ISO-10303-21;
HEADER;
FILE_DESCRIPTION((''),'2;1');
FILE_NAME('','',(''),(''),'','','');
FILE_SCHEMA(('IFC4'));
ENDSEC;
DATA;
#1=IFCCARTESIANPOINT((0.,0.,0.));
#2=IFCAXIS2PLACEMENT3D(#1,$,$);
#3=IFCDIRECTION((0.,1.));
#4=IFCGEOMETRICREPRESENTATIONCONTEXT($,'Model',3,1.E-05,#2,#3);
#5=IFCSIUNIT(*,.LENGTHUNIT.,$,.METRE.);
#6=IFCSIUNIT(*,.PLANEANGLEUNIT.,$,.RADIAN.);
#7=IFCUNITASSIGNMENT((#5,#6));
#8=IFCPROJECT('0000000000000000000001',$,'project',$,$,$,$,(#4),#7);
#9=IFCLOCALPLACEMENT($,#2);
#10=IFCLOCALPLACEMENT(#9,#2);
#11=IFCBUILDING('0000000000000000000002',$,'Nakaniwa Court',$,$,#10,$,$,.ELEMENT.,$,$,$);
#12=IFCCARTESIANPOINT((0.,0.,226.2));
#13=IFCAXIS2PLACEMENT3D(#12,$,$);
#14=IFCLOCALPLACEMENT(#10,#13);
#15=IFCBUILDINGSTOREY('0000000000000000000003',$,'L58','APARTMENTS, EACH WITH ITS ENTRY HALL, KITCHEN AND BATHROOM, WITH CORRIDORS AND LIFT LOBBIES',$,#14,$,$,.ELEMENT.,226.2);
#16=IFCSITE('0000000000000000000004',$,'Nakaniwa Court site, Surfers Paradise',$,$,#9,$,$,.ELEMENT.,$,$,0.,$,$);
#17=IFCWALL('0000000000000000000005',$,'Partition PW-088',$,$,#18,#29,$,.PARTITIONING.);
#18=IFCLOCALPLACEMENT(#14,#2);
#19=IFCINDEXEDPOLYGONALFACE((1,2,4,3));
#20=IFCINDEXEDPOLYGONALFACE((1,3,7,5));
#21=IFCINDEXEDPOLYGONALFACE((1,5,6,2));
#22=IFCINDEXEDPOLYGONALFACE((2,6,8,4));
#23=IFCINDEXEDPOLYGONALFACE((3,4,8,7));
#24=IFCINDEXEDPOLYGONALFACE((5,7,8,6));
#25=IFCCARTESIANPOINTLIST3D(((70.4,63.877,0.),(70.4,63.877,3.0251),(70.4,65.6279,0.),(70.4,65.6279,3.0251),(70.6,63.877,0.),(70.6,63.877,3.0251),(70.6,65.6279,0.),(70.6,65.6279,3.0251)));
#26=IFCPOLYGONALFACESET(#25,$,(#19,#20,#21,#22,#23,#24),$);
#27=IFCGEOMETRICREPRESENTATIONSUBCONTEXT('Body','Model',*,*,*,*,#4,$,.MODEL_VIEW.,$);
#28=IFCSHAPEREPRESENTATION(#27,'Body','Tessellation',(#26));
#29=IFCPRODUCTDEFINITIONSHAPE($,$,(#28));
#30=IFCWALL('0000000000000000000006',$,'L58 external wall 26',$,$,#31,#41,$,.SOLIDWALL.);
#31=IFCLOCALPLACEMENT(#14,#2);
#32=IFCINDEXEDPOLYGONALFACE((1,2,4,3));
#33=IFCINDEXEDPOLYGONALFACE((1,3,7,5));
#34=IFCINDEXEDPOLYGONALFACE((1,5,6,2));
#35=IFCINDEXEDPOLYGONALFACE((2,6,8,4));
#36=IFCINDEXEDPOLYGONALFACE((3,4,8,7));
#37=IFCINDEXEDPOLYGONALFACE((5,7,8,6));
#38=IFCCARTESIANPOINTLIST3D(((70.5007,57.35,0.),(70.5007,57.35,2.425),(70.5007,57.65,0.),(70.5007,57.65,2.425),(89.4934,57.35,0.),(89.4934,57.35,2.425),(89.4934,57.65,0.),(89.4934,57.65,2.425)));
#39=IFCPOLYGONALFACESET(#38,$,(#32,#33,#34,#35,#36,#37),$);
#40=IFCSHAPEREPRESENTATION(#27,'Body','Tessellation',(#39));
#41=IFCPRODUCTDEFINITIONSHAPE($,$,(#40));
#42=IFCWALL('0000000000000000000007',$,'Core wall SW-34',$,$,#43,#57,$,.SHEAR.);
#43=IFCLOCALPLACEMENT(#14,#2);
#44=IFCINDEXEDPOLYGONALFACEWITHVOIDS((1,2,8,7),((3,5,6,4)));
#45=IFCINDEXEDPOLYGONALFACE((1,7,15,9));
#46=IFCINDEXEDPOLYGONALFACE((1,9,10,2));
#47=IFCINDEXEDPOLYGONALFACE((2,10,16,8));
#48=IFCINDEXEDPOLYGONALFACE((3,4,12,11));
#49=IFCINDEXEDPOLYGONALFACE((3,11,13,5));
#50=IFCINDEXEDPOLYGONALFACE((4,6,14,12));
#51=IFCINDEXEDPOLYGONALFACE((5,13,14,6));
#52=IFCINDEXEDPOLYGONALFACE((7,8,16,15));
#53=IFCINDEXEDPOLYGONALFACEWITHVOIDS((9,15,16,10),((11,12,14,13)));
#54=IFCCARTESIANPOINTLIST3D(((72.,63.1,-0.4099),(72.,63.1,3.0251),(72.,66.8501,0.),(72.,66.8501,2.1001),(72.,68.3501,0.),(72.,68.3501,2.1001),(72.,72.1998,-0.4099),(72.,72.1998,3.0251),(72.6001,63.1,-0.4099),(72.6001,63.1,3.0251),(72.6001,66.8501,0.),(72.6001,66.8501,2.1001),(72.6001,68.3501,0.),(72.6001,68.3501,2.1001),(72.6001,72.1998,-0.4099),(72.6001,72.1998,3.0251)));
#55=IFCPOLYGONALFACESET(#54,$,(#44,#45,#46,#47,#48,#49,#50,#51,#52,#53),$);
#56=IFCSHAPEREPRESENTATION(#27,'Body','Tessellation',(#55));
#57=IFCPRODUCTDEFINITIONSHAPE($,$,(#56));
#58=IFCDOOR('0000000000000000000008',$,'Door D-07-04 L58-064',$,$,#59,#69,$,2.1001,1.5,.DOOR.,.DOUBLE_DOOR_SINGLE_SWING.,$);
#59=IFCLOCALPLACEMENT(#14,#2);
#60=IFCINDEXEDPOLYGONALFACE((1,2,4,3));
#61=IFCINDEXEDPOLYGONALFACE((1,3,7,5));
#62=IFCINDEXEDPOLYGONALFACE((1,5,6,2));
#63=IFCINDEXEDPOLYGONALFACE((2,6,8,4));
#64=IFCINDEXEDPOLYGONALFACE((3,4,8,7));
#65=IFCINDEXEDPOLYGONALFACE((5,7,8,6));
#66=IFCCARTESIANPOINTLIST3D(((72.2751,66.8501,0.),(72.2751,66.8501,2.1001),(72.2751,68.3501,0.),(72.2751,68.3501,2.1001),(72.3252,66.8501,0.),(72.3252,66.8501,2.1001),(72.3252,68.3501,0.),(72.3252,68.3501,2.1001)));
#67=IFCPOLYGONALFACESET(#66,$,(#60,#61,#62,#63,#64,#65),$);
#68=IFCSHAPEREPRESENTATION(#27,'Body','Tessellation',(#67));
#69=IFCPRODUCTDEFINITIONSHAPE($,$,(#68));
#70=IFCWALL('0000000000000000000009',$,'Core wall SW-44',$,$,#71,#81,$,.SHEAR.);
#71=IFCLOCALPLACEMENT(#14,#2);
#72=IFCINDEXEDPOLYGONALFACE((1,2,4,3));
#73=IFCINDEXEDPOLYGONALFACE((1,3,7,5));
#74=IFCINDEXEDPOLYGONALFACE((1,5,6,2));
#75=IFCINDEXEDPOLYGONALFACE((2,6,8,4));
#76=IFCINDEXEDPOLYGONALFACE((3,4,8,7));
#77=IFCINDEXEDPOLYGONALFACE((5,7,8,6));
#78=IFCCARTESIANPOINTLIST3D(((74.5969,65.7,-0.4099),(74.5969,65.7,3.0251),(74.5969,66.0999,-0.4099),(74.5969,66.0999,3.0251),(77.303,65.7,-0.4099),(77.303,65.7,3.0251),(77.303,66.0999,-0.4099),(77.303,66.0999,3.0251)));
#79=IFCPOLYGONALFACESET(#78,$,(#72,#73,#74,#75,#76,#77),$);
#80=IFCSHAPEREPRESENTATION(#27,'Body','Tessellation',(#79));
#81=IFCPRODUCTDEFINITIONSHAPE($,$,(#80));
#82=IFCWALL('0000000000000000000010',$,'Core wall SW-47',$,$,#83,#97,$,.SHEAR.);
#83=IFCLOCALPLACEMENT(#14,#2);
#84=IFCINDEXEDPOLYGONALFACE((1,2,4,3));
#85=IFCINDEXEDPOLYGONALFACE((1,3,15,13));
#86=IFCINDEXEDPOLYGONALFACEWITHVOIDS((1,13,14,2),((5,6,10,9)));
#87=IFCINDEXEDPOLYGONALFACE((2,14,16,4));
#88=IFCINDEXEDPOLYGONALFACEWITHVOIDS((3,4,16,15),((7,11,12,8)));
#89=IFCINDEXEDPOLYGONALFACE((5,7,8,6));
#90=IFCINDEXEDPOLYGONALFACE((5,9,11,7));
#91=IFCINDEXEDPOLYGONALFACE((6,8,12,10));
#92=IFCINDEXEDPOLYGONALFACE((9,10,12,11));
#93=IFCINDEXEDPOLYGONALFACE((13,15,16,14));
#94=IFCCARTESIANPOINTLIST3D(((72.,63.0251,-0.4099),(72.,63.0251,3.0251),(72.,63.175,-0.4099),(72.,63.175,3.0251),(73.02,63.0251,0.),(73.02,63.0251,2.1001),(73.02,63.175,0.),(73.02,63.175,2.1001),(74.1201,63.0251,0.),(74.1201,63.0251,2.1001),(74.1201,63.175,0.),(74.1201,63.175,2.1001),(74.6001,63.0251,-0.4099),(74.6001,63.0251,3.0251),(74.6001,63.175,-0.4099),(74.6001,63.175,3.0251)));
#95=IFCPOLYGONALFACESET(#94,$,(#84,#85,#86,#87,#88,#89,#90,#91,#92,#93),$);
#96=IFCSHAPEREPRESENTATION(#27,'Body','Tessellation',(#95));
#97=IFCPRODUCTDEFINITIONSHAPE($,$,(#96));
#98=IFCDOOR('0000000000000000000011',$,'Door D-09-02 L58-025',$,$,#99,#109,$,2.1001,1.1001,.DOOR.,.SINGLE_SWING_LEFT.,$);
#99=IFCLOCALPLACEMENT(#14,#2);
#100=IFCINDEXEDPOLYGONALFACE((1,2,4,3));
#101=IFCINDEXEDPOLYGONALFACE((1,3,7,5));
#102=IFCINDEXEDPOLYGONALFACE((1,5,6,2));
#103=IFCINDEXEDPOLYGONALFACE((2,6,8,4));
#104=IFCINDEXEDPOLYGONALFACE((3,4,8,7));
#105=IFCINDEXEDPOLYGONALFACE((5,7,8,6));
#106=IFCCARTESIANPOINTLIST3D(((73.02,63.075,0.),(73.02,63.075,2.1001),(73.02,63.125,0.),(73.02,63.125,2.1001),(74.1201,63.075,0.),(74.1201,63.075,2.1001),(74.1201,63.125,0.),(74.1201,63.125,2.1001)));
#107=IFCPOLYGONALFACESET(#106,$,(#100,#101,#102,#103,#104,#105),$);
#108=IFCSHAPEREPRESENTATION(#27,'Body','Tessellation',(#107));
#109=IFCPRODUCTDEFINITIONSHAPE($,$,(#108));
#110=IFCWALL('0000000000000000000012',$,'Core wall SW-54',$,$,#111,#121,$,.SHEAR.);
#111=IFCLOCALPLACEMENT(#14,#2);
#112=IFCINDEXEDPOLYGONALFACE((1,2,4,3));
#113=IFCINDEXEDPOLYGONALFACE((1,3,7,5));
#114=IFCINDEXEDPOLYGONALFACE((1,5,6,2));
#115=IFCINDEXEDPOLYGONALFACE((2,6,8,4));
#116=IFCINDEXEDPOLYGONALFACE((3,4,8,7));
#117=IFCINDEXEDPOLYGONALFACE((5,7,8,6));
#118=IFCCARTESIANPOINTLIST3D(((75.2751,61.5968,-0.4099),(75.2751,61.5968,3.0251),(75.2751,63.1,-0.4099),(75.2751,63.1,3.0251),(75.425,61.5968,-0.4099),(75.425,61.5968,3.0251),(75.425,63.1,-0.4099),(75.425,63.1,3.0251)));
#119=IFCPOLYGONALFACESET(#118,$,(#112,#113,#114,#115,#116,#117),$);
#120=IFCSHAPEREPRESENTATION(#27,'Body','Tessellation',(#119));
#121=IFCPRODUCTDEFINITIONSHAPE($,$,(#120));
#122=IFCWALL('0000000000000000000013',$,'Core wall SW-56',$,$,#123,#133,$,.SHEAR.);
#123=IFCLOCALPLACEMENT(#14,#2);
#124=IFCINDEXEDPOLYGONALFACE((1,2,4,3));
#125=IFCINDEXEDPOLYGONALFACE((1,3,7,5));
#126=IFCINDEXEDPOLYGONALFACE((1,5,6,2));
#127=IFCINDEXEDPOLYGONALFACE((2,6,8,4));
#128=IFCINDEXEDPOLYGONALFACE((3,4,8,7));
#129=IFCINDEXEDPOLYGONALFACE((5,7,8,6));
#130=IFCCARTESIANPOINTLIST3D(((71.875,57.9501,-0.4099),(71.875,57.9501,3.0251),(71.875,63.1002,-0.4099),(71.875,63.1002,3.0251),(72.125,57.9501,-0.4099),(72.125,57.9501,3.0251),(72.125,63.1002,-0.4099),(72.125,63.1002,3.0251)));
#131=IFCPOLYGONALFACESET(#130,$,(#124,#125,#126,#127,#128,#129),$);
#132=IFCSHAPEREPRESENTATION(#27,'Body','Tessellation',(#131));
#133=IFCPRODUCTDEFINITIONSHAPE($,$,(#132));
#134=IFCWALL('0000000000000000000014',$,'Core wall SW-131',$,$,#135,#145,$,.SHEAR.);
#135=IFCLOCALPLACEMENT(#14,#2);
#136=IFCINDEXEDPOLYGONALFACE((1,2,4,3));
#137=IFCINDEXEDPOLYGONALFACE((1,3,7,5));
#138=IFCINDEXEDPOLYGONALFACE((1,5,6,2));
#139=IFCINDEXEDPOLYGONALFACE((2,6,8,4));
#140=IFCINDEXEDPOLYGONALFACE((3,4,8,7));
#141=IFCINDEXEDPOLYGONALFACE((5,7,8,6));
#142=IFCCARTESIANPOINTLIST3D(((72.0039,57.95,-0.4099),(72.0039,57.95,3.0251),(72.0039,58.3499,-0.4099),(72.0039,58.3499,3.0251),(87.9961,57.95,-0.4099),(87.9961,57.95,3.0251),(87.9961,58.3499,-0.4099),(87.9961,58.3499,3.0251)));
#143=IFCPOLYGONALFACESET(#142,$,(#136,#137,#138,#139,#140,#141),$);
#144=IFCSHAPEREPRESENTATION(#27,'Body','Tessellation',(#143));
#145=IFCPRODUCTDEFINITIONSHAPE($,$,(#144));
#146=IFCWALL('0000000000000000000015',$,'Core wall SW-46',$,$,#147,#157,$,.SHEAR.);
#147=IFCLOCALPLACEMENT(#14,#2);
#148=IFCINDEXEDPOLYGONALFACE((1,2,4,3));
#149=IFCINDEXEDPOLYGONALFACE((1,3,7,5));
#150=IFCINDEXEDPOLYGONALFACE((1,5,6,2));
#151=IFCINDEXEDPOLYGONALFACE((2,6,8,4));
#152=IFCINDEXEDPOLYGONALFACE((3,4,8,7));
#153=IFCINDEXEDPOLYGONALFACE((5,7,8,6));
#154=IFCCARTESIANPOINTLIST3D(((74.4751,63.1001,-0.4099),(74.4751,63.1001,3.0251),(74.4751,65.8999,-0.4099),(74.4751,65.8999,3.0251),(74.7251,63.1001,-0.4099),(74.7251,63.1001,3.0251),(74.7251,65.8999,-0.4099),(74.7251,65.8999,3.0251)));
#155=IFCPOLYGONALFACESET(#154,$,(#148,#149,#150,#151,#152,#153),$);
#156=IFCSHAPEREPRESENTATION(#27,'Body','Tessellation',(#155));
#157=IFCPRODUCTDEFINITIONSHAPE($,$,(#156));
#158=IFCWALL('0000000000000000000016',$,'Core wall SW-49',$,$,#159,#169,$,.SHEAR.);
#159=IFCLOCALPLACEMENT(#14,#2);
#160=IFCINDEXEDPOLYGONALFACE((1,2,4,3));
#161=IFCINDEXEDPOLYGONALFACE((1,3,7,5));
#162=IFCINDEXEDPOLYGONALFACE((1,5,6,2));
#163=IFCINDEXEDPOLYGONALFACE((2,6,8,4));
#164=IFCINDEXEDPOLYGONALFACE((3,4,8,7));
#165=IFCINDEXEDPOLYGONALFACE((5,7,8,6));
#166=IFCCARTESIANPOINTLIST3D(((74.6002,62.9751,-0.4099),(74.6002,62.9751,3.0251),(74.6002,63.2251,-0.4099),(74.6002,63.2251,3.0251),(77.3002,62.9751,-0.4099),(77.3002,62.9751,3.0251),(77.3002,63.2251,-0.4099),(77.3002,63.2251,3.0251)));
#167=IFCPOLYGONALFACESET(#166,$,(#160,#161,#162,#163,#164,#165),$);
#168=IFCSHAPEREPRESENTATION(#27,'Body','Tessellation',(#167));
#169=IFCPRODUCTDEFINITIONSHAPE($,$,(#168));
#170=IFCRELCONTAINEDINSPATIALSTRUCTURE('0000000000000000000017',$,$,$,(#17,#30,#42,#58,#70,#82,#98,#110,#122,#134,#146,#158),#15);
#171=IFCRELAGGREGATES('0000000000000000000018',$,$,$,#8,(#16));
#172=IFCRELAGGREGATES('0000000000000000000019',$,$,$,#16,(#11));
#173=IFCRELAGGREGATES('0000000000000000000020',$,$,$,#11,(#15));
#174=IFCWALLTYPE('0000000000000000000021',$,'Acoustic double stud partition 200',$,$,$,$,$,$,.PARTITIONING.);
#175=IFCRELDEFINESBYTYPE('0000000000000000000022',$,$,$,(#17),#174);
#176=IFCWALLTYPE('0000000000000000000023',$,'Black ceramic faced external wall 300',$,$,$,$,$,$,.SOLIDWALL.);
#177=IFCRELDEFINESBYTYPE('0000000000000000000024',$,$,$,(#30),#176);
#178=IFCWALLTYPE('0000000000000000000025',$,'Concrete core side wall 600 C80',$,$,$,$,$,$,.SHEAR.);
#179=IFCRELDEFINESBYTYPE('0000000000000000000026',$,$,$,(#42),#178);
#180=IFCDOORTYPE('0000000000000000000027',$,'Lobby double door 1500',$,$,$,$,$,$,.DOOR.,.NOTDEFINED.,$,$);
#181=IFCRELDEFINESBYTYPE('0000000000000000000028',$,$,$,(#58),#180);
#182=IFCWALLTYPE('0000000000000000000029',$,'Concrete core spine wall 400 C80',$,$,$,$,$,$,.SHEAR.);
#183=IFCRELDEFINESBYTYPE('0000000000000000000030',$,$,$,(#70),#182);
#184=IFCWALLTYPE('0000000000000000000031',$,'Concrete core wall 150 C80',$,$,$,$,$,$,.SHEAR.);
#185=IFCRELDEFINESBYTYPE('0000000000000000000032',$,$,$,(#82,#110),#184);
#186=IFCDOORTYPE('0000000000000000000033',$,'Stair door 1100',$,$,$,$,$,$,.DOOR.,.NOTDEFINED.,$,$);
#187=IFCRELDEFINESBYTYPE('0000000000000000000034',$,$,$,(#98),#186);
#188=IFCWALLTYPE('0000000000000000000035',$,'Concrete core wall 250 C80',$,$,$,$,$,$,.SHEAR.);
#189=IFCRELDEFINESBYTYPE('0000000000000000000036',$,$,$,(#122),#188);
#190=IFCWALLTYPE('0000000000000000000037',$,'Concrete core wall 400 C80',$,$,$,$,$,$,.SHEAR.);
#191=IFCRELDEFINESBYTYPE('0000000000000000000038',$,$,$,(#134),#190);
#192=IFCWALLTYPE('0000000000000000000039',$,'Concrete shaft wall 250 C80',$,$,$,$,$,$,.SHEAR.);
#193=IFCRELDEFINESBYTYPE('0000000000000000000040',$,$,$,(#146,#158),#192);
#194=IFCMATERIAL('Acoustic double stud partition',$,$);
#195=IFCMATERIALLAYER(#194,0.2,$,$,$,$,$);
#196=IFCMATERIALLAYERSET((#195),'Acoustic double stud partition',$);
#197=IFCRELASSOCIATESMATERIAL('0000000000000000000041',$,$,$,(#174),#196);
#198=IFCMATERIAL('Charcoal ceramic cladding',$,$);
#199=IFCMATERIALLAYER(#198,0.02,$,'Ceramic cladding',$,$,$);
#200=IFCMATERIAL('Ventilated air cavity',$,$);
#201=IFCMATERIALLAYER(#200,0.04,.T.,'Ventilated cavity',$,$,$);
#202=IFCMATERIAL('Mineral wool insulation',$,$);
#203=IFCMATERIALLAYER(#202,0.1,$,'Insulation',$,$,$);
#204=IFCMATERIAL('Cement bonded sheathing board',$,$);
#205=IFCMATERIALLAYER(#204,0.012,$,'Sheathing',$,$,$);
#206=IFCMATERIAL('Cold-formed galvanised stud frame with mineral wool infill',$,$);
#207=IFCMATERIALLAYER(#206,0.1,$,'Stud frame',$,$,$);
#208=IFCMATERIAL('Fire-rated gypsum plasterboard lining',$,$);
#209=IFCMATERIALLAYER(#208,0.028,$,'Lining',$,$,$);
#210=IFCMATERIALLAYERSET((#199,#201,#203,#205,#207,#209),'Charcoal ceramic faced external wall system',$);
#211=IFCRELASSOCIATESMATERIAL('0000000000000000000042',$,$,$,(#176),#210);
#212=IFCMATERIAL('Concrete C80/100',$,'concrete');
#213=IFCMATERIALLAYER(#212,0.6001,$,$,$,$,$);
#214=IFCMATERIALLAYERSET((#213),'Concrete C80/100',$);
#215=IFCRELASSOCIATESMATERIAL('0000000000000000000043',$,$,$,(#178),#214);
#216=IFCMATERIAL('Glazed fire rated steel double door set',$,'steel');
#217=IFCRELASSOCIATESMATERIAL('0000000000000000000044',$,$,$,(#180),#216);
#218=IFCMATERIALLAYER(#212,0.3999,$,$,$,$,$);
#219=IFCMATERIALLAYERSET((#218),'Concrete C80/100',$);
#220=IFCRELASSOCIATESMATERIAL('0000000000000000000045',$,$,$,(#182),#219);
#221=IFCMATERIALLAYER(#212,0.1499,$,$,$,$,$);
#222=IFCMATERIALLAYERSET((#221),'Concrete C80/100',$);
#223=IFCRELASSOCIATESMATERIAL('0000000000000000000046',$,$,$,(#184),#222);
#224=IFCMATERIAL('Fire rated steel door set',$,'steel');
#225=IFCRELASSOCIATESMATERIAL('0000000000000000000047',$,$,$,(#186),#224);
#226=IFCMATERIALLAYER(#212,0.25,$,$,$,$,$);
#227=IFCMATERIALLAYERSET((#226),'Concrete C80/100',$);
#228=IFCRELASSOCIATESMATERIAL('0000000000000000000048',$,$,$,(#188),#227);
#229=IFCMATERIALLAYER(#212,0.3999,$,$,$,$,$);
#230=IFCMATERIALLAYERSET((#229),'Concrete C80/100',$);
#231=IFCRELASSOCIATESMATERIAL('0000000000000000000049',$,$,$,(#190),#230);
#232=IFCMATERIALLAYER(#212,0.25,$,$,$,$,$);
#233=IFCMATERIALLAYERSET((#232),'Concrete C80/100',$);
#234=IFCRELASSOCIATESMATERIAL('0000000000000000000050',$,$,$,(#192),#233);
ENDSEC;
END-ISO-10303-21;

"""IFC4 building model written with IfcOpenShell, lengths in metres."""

from ifc_helpers import new_model, si_unit, direction, frame, frame_2d, origin, place, context, subcontext, project, spatial, rectangle, extrude, material, layer, layer_set, type_object, element, fill, save


model = new_model("IFC4")

# Units and contexts
model_context = context("Model", 3, precision=1e-05, world=origin(), true_north=direction((0.0, 1.0)))
body_context = subcontext(model_context, "Body", "Model", "MODEL_VIEW")
ifc_project = project(units=[si_unit("LENGTHUNIT", "METRE"), si_unit("PLANEANGLEUNIT", "RADIAN")], contexts=[model_context])

# Site, building, storey
site_placement = place(None, origin())
site = spatial("IfcSite", under=ifc_project, at=site_placement, Name="Nakaniwa Court site, Surfers Paradise", CompositionType="ELEMENT", RefElevation=0.0)
building_placement = place(site_placement, origin())
building = spatial("IfcBuilding", under=site, at=building_placement, Name="Nakaniwa Court", CompositionType="ELEMENT")
storey_placement = place(building_placement, frame((0.0, 0.0, 226.2)))
storey = spatial("IfcBuildingStorey", under=building, at=storey_placement, Name="L58", Description="APARTMENTS, EACH WITH ITS ENTRY HALL, KITCHEN AND BATHROOM, WITH CORRIDORS AND LIFT LOBBIES", CompositionType="ELEMENT", Elevation=226.2)

# Walls
ifc_material_1 = material(Name="Acoustic double stud partition")
ifc_layer_1 = layer(ifc_material_1, 0.2)
ifc_layer_set_1 = layer_set([ifc_layer_1], Name="Acoustic double stud partition")
wall_type_1 = type_object("IfcWallType", Name="Acoustic double stud partition 200", PredefinedType="PARTITIONING", material=ifc_layer_set_1)
wall_1_placement = place(storey_placement, frame((70.5, 63.877, 0.0), z_axis=(0.0, 0.0, 1.0), x_axis=(0.0, 1.0, 0.0)))
element("IfcWall", 1, at=wall_1_placement, inside=storey, type_object=wall_type_1, Name="Partition PW-088", PredefinedType="PARTITIONING", context=body_context, shape_type="SweptSolid", body=[
    extrude(rectangle(XDim=1.751, YDim=0.2, at=frame_2d((0.8755, 0.0))), origin(), (0.0, 0.0, 1.0), 3.0251),
])
ifc_material_2 = material(Name="Charcoal ceramic cladding")
ifc_layer_2 = layer(ifc_material_2, 0.02, Name="Ceramic cladding")
ifc_material_3 = material(Name="Ventilated air cavity")
ifc_layer_3 = layer(ifc_material_3, 0.04, ventilated=True, Name="Ventilated cavity")
ifc_material_4 = material(Name="Mineral wool insulation")
ifc_layer_4 = layer(ifc_material_4, 0.1, Name="Insulation")
ifc_material_5 = material(Name="Cement bonded sheathing board")
ifc_layer_5 = layer(ifc_material_5, 0.012, Name="Sheathing")
ifc_material_6 = material(Name="Cold-formed galvanised stud frame with mineral wool infill")
ifc_layer_6 = layer(ifc_material_6, 0.1, Name="Stud frame")
ifc_material_7 = material(Name="Fire-rated gypsum plasterboard lining")
ifc_layer_7 = layer(ifc_material_7, 0.028, Name="Lining")
ifc_layer_set_2 = layer_set([ifc_layer_2, ifc_layer_3, ifc_layer_4, ifc_layer_5, ifc_layer_6, ifc_layer_7], Name="Charcoal ceramic faced external wall system")
wall_type_2 = type_object("IfcWallType", Name="Black ceramic faced external wall 300", PredefinedType="SOLIDWALL", material=ifc_layer_set_2)
wall_2_placement = place(storey_placement, frame((70.5007, 57.5, 0.0), z_axis=(0.0, 0.0, 1.0), x_axis=(1.0, 0.0, 0.0)))
element("IfcWall", 2, at=wall_2_placement, inside=storey, type_object=wall_type_2, Name="L58 external wall 26", PredefinedType="SOLIDWALL", context=body_context, shape_type="SweptSolid", body=[
    extrude(rectangle(XDim=18.9927, YDim=0.3, at=frame_2d((9.4963, 0.0))), origin(), (0.0, 0.0, 1.0), 2.425),
])

# Wall, opening, door
ifc_material_8 = material(Name="Concrete C80/100", Category="concrete")
ifc_layer_8 = layer(ifc_material_8, 0.6001)
ifc_layer_set_3 = layer_set([ifc_layer_8], Name="Concrete C80/100")
wall_type_3 = type_object("IfcWallType", Name="Concrete core side wall 600 C80", PredefinedType="SHEAR", material=ifc_layer_set_3)
wall_3_placement = place(storey_placement, frame((72.3, 63.1001, -0.4099), z_axis=(0.0, 0.0, 1.0), x_axis=(0.0, 1.0, 0.0)))
wall_3 = element("IfcWall", 3, at=wall_3_placement, inside=storey, type_object=wall_type_3, Name="Core wall SW-34", PredefinedType="SHEAR", context=body_context, shape_type="SweptSolid", body=[
    extrude(rectangle(XDim=9.0999, YDim=0.6001, at=frame_2d((4.5498, 0.0))), origin(), (0.0, 0.0, 1.0), 3.4351),
])
opening_1_placement = place(wall_3_placement, frame((3.75, 0.0, 0.4099)))
opening_1 = element("IfcOpeningElement", 4, at=opening_1_placement, cuts=wall_3, PredefinedType="OPENING", context=body_context, shape_type="SweptSolid", body=[
    extrude(rectangle(XDim=1.5, YDim=2.1001, at=frame_2d((0.75, 1.05))), frame((0.0, 0.3101, 0.0), z_axis=(0.0, -1.0, 0.0), x_axis=(1.0, 0.0, 0.0)), (0.0, 0.0, 1.0), 0.6201),
])
ifc_material_9 = material(Name="Glazed fire rated steel double door set", Category="steel")
door_type_1 = type_object("IfcDoorType", Name="Lobby double door 1500", OperationType="NOTDEFINED", PredefinedType="DOOR", material=ifc_material_9)
door_1_placement = place(opening_1_placement, origin())
door_1 = element("IfcDoor", 5, at=door_1_placement, inside=storey, type_object=door_type_1, Name="Door D-07-04 L58-064", OperationType="DOUBLE_DOOR_SINGLE_SWING", OverallHeight=2.1001, OverallWidth=1.5, PredefinedType="DOOR", context=body_context, shape_type="SweptSolid", body=[
    extrude(rectangle(XDim=1.5, YDim=2.1001, at=frame_2d((0.75, 1.05))), frame((0.0, 0.0249, 0.0), z_axis=(0.0, -1.0, 0.0), x_axis=(1.0, 0.0, 0.0)), (0.0, 0.0, 1.0), 0.05),
])
fill(opening_1, door_1)

# Wall
ifc_layer_9 = layer(ifc_material_8, 0.3999)
ifc_layer_set_4 = layer_set([ifc_layer_9], Name="Concrete C80/100")
wall_type_4 = type_object("IfcWallType", Name="Concrete core spine wall 400 C80", PredefinedType="SHEAR", material=ifc_layer_set_4)
wall_4_placement = place(storey_placement, frame((74.5969, 65.8999, -0.4099), z_axis=(0.0, 0.0, 1.0), x_axis=(1.0, 0.0, 0.0)))
element("IfcWall", 6, at=wall_4_placement, inside=storey, type_object=wall_type_4, Name="Core wall SW-44", PredefinedType="SHEAR", context=body_context, shape_type="SweptSolid", body=[
    extrude(rectangle(XDim=2.7061, YDim=0.3999, at=frame_2d((1.353, 0.0))), origin(), (0.0, 0.0, 1.0), 3.4351),
])

# Wall, opening, door
ifc_layer_10 = layer(ifc_material_8, 0.1499)
ifc_layer_set_5 = layer_set([ifc_layer_10], Name="Concrete C80/100")
wall_type_5 = type_object("IfcWallType", Name="Concrete core wall 150 C80", PredefinedType="SHEAR", material=ifc_layer_set_5)
wall_5_placement = place(storey_placement, frame((72.0, 63.1001, -0.4099), z_axis=(0.0, 0.0, 1.0), x_axis=(1.0, 0.0, 0.0)))
wall_5 = element("IfcWall", 7, at=wall_5_placement, inside=storey, type_object=wall_type_5, Name="Core wall SW-47", PredefinedType="SHEAR", context=body_context, shape_type="SweptSolid", body=[
    extrude(rectangle(XDim=2.6001, YDim=0.1499, at=frame_2d((1.3, 0.0))), origin(), (0.0, 0.0, 1.0), 3.4351),
])
opening_2_placement = place(wall_5_placement, frame((1.02, 0.0, 0.4099)))
opening_2 = element("IfcOpeningElement", 8, at=opening_2_placement, cuts=wall_5, PredefinedType="OPENING", context=body_context, shape_type="SweptSolid", body=[
    extrude(rectangle(XDim=1.1001, YDim=2.1001, at=frame_2d((0.55, 1.05))), frame((0.0, 0.085, 0.0), z_axis=(0.0, -1.0, 0.0), x_axis=(1.0, 0.0, 0.0)), (0.0, 0.0, 1.0), 0.1699),
])
ifc_material_10 = material(Name="Fire rated steel door set", Category="steel")
door_type_2 = type_object("IfcDoorType", Name="Stair door 1100", OperationType="NOTDEFINED", PredefinedType="DOOR", material=ifc_material_10)
door_2_placement = place(opening_2_placement, origin())
door_2 = element("IfcDoor", 9, at=door_2_placement, inside=storey, type_object=door_type_2, Name="Door D-09-02 L58-025", OperationType="SINGLE_SWING_LEFT", OverallHeight=2.1001, OverallWidth=1.1001, PredefinedType="DOOR", context=body_context, shape_type="SweptSolid", body=[
    extrude(rectangle(XDim=1.1001, YDim=2.1001, at=frame_2d((0.55, 1.05))), frame((0.0, 0.0249, 0.0), z_axis=(0.0, -1.0, 0.0), x_axis=(1.0, 0.0, 0.0)), (0.0, 0.0, 1.0), 0.05),
])
fill(opening_2, door_2)

# Walls
wall_6_placement = place(storey_placement, frame((75.3501, 61.5969, -0.4099), z_axis=(0.0, 0.0, 1.0), x_axis=(0.0, 1.0, 0.0)))
element("IfcWall", 10, at=wall_6_placement, inside=storey, type_object=wall_type_5, Name="Core wall SW-54", PredefinedType="SHEAR", context=body_context, shape_type="SweptSolid", body=[
    extrude(rectangle(XDim=1.5032, YDim=0.1499, at=frame_2d((0.7515, 0.0))), origin(), (0.0, 0.0, 1.0), 3.4351),
])
ifc_layer_11 = layer(ifc_material_8, 0.25)
ifc_layer_set_6 = layer_set([ifc_layer_11], Name="Concrete C80/100")
wall_type_6 = type_object("IfcWallType", Name="Concrete core wall 250 C80", PredefinedType="SHEAR", material=ifc_layer_set_6)
wall_7_placement = place(storey_placement, frame((72.0, 57.95, -0.4099), z_axis=(0.0, 0.0, 1.0), x_axis=(0.0, 1.0, 0.0)))
element("IfcWall", 11, at=wall_7_placement, inside=storey, type_object=wall_type_6, Name="Core wall SW-56", PredefinedType="SHEAR", context=body_context, shape_type="SweptSolid", body=[
    extrude(rectangle(XDim=5.1501, YDim=0.25, at=frame_2d((2.5752, 0.0))), origin(), (0.0, 0.0, 1.0), 3.4351),
])
ifc_layer_12 = layer(ifc_material_8, 0.3999)
ifc_layer_set_7 = layer_set([ifc_layer_12], Name="Concrete C80/100")
wall_type_7 = type_object("IfcWallType", Name="Concrete core wall 400 C80", PredefinedType="SHEAR", material=ifc_layer_set_7)
wall_8_placement = place(storey_placement, frame((72.0039, 58.1499, -0.4099), z_axis=(0.0, 0.0, 1.0), x_axis=(1.0, 0.0, 0.0)))
element("IfcWall", 12, at=wall_8_placement, inside=storey, type_object=wall_type_7, Name="Core wall SW-131", PredefinedType="SHEAR", context=body_context, shape_type="SweptSolid", body=[
    extrude(rectangle(XDim=15.9922, YDim=0.3999, at=frame_2d((7.9961, 0.0))), origin(), (0.0, 0.0, 1.0), 3.4351),
])
ifc_layer_13 = layer(ifc_material_8, 0.25)
ifc_layer_set_8 = layer_set([ifc_layer_13], Name="Concrete C80/100")
wall_type_8 = type_object("IfcWallType", Name="Concrete shaft wall 250 C80", PredefinedType="SHEAR", material=ifc_layer_set_8)
wall_9_placement = place(storey_placement, frame((74.6001, 63.1001, -0.4099), z_axis=(0.0, 0.0, 1.0), x_axis=(0.0, 1.0, 0.0)))
element("IfcWall", 13, at=wall_9_placement, inside=storey, type_object=wall_type_8, Name="Core wall SW-46", PredefinedType="SHEAR", context=body_context, shape_type="SweptSolid", body=[
    extrude(rectangle(XDim=2.7998, YDim=0.25, at=frame_2d((1.3999, 0.0))), origin(), (0.0, 0.0, 1.0), 3.4351),
])
wall_10_placement = place(storey_placement, frame((74.6001, 63.1001, -0.4099), z_axis=(0.0, 0.0, 1.0), x_axis=(1.0, 0.0, 0.0)))
element("IfcWall", 14, at=wall_10_placement, inside=storey, type_object=wall_type_8, Name="Core wall SW-49", PredefinedType="SHEAR", context=body_context, shape_type="SweptSolid", body=[
    extrude(rectangle(XDim=2.7, YDim=0.25, at=frame_2d((1.3501, 0.0))), origin(), (0.0, 0.0, 1.0), 3.4351),
])

save(model, "model.ifc")
